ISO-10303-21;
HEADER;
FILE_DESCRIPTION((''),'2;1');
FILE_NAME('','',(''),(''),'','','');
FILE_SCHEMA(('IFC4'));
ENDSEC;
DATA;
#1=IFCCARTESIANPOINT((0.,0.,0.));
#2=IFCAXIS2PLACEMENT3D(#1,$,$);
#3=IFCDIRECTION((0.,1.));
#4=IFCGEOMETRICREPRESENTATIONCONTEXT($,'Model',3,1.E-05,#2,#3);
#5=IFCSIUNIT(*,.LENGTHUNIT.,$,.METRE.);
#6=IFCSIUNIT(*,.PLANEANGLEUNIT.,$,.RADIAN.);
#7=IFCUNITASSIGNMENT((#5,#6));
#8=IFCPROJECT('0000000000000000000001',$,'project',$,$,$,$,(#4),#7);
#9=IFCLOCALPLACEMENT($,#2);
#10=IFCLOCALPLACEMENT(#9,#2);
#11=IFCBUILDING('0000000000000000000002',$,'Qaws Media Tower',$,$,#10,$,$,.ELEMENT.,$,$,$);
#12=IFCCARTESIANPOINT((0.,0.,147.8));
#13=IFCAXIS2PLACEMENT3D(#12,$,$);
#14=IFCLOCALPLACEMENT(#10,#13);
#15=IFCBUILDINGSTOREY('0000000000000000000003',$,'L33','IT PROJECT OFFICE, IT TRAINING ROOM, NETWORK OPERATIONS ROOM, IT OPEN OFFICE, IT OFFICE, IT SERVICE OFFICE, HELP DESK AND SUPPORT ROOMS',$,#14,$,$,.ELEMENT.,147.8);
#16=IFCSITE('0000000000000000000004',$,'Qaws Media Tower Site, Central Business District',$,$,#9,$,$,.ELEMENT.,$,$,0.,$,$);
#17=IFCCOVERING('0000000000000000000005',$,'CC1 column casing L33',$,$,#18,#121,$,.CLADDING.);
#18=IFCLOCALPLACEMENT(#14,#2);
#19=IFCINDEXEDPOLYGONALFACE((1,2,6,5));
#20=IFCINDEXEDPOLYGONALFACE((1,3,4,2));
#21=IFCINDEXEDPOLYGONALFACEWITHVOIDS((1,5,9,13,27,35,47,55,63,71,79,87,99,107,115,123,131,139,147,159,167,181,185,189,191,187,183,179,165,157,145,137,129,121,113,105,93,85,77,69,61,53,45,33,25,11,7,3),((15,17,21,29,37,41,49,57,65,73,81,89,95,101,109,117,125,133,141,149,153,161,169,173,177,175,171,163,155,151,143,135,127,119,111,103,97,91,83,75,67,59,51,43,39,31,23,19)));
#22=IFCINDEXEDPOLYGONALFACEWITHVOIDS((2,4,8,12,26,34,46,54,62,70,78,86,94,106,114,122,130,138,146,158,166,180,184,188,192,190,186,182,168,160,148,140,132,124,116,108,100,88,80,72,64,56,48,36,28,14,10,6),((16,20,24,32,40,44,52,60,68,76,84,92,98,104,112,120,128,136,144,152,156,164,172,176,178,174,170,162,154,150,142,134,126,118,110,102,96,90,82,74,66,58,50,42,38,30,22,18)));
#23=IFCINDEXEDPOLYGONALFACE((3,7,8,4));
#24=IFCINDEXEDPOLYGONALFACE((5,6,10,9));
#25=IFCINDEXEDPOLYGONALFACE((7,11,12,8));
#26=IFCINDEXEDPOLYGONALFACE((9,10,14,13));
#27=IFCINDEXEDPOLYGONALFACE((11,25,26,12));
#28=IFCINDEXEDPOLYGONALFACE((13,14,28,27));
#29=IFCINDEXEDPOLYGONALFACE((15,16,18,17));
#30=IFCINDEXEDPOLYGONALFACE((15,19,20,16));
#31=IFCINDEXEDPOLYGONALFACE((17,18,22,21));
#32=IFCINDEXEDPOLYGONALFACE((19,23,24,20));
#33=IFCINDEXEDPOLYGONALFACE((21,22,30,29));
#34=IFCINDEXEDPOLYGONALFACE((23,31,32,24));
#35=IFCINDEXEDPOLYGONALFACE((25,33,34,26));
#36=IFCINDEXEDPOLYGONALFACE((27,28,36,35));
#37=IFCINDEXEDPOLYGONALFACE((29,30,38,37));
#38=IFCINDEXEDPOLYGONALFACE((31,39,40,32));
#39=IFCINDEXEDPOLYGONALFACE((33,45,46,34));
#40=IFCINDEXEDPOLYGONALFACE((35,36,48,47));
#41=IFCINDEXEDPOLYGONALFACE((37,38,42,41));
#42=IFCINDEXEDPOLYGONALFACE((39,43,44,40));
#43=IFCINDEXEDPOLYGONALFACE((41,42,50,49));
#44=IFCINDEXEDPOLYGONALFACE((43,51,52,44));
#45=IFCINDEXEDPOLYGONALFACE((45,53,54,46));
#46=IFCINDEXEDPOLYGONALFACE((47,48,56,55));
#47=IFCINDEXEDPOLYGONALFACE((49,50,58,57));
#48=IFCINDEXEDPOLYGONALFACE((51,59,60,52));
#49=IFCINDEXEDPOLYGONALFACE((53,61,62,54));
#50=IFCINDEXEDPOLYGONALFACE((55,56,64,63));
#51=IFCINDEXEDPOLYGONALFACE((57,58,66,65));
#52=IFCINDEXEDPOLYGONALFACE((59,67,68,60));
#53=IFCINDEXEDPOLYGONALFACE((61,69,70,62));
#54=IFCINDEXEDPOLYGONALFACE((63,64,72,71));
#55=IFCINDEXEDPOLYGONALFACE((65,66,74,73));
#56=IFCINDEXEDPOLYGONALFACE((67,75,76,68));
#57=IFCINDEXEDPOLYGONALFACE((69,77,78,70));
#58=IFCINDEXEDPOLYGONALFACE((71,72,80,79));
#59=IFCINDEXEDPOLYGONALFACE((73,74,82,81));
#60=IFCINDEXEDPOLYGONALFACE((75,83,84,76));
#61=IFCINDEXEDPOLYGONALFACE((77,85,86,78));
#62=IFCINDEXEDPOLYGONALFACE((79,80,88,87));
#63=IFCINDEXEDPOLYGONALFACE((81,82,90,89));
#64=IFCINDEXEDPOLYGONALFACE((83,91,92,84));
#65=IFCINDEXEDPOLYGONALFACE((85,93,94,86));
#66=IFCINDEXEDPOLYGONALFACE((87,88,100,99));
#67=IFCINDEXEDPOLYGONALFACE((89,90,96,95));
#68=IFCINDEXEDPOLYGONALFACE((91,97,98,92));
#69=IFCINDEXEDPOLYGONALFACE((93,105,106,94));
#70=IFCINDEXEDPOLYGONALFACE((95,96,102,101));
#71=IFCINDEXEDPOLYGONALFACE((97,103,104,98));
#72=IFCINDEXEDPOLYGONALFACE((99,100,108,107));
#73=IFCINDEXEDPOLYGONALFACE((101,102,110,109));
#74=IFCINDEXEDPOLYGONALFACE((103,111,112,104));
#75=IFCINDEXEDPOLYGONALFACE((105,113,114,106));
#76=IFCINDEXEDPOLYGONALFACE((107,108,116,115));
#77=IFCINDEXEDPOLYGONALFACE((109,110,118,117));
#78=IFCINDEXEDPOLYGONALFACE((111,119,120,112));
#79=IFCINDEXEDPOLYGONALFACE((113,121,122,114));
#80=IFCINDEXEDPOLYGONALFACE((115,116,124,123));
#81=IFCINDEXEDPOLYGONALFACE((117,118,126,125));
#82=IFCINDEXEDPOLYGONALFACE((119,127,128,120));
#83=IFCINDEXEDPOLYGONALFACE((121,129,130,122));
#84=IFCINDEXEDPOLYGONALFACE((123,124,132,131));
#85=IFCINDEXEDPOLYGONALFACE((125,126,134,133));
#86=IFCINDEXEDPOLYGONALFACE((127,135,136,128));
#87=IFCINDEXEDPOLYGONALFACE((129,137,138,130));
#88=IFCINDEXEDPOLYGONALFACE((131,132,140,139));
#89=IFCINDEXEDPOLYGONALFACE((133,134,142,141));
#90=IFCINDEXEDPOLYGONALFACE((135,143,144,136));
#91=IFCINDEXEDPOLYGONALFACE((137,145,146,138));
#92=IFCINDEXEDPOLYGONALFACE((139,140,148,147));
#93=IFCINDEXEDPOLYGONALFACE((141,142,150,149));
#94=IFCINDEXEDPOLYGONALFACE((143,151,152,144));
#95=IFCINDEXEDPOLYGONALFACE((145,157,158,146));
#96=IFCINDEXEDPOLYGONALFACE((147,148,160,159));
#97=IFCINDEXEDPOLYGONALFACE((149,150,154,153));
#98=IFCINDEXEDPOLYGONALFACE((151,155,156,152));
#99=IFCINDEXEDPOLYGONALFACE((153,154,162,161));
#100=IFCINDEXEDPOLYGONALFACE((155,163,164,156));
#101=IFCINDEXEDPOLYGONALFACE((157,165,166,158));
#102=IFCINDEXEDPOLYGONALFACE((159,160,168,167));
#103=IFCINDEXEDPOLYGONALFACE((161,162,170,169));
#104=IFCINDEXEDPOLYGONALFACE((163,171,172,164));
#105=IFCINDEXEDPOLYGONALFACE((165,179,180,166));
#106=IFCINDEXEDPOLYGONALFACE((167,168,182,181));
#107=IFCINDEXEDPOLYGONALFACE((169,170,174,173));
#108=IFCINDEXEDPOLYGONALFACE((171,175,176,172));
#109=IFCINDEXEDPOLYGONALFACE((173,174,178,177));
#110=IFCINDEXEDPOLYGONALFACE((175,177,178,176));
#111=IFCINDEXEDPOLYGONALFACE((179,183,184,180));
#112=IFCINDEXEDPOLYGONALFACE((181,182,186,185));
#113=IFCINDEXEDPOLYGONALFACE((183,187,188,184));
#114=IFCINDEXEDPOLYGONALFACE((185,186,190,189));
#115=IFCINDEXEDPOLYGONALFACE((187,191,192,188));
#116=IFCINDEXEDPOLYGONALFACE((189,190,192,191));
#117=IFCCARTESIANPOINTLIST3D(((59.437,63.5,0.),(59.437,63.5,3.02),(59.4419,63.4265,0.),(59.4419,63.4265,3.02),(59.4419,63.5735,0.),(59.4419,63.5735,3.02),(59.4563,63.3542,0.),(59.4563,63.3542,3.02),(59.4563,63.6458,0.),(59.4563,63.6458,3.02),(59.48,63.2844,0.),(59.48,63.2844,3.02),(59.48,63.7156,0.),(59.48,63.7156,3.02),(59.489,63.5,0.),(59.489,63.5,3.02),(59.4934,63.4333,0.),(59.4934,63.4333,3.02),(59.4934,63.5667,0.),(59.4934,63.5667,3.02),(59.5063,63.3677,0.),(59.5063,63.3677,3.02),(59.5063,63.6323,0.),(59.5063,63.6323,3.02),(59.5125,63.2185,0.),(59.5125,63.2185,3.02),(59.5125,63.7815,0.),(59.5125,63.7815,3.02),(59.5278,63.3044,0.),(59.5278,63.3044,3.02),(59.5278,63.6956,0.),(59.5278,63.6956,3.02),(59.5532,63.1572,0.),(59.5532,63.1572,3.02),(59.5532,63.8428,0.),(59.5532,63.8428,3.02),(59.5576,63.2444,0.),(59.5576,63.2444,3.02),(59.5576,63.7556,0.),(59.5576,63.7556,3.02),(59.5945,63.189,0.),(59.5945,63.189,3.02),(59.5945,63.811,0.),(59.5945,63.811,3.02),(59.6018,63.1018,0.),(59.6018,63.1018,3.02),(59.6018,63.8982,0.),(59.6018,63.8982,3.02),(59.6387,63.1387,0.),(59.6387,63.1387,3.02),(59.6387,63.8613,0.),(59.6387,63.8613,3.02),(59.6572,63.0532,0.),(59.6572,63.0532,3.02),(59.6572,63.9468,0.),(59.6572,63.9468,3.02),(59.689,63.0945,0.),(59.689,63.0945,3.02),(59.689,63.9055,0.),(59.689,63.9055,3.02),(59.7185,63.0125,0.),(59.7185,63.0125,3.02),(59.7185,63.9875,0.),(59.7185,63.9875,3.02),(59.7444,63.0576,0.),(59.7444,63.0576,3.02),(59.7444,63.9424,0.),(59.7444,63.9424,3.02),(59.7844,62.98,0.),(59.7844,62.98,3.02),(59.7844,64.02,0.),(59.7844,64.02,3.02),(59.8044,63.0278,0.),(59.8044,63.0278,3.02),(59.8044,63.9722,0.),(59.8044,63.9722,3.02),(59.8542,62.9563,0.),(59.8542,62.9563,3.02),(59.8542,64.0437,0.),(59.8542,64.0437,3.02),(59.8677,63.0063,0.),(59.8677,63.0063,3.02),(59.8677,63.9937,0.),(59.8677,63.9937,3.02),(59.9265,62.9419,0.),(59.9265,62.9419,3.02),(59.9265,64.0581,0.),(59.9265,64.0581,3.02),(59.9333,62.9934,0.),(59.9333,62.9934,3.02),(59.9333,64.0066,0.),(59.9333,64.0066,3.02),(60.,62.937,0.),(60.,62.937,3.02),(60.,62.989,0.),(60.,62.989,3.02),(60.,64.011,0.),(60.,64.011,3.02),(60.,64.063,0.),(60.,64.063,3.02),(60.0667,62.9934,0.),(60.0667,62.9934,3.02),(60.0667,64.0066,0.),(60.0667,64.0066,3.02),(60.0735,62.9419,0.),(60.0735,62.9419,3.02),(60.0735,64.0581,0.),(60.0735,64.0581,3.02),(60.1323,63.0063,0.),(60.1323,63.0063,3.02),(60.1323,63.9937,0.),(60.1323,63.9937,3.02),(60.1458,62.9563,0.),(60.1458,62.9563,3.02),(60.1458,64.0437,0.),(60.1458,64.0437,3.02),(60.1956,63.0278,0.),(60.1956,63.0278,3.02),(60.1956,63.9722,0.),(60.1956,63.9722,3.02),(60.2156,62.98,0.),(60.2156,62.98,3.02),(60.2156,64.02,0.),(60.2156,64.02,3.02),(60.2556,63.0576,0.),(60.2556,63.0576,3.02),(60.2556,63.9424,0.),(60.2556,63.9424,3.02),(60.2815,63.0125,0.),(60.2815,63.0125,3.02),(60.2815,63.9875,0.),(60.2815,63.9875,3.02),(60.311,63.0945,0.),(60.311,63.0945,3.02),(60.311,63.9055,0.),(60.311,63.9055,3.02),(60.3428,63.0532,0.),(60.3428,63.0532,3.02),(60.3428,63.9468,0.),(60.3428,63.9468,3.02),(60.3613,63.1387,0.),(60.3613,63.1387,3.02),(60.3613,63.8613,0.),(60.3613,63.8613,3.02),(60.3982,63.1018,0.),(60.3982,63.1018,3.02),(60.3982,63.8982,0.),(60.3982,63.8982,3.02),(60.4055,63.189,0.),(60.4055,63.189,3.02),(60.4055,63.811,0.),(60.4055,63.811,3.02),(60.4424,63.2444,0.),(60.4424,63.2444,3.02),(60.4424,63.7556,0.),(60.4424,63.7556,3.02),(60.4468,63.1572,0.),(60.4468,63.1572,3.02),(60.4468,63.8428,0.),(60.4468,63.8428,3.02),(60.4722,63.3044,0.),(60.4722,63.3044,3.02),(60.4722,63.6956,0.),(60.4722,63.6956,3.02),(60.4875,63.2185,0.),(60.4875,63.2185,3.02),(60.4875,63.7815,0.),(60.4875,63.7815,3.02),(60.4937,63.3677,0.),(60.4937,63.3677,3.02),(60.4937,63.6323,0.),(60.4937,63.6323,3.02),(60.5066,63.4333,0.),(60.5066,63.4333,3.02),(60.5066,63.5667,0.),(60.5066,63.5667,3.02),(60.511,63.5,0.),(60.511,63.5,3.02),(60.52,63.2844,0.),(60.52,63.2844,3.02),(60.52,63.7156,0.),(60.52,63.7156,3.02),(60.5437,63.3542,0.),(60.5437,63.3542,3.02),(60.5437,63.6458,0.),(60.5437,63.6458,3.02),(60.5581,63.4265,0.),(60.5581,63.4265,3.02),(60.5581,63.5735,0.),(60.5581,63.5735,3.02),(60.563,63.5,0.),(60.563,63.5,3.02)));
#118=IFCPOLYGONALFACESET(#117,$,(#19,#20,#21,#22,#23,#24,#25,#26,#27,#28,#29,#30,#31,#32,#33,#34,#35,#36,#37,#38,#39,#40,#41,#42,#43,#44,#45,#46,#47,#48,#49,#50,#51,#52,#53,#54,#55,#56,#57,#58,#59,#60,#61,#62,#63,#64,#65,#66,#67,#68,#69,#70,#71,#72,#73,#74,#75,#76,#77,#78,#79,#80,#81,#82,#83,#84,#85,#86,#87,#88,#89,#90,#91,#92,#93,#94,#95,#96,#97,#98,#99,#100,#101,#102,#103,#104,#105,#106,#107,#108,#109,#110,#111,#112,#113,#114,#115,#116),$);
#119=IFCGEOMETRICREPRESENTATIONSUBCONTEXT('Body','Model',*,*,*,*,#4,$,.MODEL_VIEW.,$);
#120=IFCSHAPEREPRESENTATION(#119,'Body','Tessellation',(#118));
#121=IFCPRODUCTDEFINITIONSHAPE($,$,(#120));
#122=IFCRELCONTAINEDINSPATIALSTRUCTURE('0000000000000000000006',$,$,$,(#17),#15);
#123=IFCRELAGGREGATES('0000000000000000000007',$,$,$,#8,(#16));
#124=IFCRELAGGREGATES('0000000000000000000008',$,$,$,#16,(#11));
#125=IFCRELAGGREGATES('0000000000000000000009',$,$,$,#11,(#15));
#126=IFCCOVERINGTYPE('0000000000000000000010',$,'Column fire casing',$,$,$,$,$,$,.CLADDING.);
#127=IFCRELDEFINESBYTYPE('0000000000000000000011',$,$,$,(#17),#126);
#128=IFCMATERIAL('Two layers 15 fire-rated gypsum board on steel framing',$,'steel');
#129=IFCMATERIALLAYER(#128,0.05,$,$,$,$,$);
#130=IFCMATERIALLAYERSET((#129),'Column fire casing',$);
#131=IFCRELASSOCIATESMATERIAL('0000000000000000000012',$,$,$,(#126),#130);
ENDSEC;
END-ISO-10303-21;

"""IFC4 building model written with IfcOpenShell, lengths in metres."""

from ifc_helpers import new_model, si_unit, direction, frame, origin, place, context, subcontext, project, spatial, polyline, outline, extrude, material, layer, layer_set, type_object, element, save


model = new_model("IFC4")

# Units and contexts
model_context = context("Model", 3, precision=1e-05, world=origin(), true_north=direction((0.0, 1.0)))
body_context = subcontext(model_context, "Body", "Model", "MODEL_VIEW")
ifc_project = project(units=[si_unit("LENGTHUNIT", "METRE"), si_unit("PLANEANGLEUNIT", "RADIAN")], contexts=[model_context])

# Site, building, storey
site_placement = place(None, origin())
site = spatial("IfcSite", under=ifc_project, at=site_placement, Name="Qaws Media Tower Site, Central Business District", CompositionType="ELEMENT", RefElevation=0.0)
building_placement = place(site_placement, origin())
building = spatial("IfcBuilding", under=site, at=building_placement, Name="Qaws Media Tower", CompositionType="ELEMENT")
storey_placement = place(building_placement, frame((0.0, 0.0, 147.8)))
storey = spatial("IfcBuildingStorey", under=building, at=storey_placement, Name="L33", Description="IT PROJECT OFFICE, IT TRAINING ROOM, NETWORK OPERATIONS ROOM, IT OPEN OFFICE, IT OFFICE, IT SERVICE OFFICE, HELP DESK AND SUPPORT ROOMS", CompositionType="ELEMENT", Elevation=147.8)

# Covering
ifc_material_1 = material(Name="Two layers 15 fire-rated gypsum board on steel framing", Category="steel")
ifc_layer_1 = layer(ifc_material_1, 0.05)
ifc_layer_set_1 = layer_set([ifc_layer_1], Name="Column fire casing")
covering_type = type_object("IfcCoveringType", Name="Column fire casing", PredefinedType="CLADDING", material=ifc_layer_set_1)
covering_placement = place(storey_placement, origin())
element("IfcCovering", 1, at=covering_placement, inside=storey, type_object=covering_type, Name="CC1 column casing L33", PredefinedType="CLADDING", context=body_context, shape_type="SweptSolid", body=[
    extrude(outline(polyline([(60.563, 63.5), (60.5581, 63.4265), (60.5437, 63.3542), (60.52, 63.2844), (60.4875, 63.2185), (60.4468, 63.1572), (60.3982, 63.1018), (60.3428, 63.0532), (60.2815, 63.0125), (60.2156, 62.98), (60.1458, 62.9563), (60.0735, 62.9419), (60.0, 62.937), (59.9265, 62.9419), (59.8542, 62.9563), (59.7844, 62.98), (59.7185, 63.0125), (59.6572, 63.0532), (59.6018, 63.1018), (59.5532, 63.1572), (59.5125, 63.2185), (59.48, 63.2844), (59.4563, 63.3542), (59.4419, 63.4265), (59.437, 63.5), (59.4419, 63.5735), (59.4563, 63.6458), (59.48, 63.7156), (59.5125, 63.7815), (59.5532, 63.8428), (59.6018, 63.8982), (59.6572, 63.9468), (59.7185, 63.9875), (59.7844, 64.02), (59.8542, 64.0437), (59.9265, 64.0581), (60.0, 64.063), (60.0735, 64.0581), (60.1458, 64.0437), (60.2156, 64.02), (60.2815, 63.9875), (60.3428, 63.9468), (60.3982, 63.8982), (60.4468, 63.8428), (60.4875, 63.7815), (60.52, 63.7156), (60.5437, 63.6458), (60.5581, 63.5735), (60.563, 63.5)]), holes=[polyline([(60.511, 63.5), (60.5066, 63.4333), (60.4937, 63.3677), (60.4722, 63.3044), (60.4424, 63.2444), (60.4055, 63.189), (60.3613, 63.1387), (60.311, 63.0945), (60.2556, 63.0576), (60.1956, 63.0278), (60.1323, 63.0063), (60.0667, 62.9934), (60.0, 62.989), (59.9333, 62.9934), (59.8677, 63.0063), (59.8044, 63.0278), (59.7444, 63.0576), (59.689, 63.0945), (59.6387, 63.1387), (59.5945, 63.189), (59.5576, 63.2444), (59.5278, 63.3044), (59.5063, 63.3677), (59.4934, 63.4333), (59.489, 63.5), (59.4934, 63.5667), (59.5063, 63.6323), (59.5278, 63.6956), (59.5576, 63.7556), (59.5945, 63.811), (59.6387, 63.8613), (59.689, 63.9055), (59.7444, 63.9424), (59.8044, 63.9722), (59.8677, 63.9937), (59.9333, 64.0066), (60.0, 64.011), (60.0667, 64.0066), (60.1323, 63.9937), (60.1956, 63.9722), (60.2556, 63.9424), (60.311, 63.9055), (60.3613, 63.8613), (60.4055, 63.811), (60.4424, 63.7556), (60.4722, 63.6956), (60.4937, 63.6323), (60.5066, 63.5667), (60.511, 63.5)])]), origin(), (0.0, 0.0, 1.0), 3.02),
])

save(model, "model.ifc")
